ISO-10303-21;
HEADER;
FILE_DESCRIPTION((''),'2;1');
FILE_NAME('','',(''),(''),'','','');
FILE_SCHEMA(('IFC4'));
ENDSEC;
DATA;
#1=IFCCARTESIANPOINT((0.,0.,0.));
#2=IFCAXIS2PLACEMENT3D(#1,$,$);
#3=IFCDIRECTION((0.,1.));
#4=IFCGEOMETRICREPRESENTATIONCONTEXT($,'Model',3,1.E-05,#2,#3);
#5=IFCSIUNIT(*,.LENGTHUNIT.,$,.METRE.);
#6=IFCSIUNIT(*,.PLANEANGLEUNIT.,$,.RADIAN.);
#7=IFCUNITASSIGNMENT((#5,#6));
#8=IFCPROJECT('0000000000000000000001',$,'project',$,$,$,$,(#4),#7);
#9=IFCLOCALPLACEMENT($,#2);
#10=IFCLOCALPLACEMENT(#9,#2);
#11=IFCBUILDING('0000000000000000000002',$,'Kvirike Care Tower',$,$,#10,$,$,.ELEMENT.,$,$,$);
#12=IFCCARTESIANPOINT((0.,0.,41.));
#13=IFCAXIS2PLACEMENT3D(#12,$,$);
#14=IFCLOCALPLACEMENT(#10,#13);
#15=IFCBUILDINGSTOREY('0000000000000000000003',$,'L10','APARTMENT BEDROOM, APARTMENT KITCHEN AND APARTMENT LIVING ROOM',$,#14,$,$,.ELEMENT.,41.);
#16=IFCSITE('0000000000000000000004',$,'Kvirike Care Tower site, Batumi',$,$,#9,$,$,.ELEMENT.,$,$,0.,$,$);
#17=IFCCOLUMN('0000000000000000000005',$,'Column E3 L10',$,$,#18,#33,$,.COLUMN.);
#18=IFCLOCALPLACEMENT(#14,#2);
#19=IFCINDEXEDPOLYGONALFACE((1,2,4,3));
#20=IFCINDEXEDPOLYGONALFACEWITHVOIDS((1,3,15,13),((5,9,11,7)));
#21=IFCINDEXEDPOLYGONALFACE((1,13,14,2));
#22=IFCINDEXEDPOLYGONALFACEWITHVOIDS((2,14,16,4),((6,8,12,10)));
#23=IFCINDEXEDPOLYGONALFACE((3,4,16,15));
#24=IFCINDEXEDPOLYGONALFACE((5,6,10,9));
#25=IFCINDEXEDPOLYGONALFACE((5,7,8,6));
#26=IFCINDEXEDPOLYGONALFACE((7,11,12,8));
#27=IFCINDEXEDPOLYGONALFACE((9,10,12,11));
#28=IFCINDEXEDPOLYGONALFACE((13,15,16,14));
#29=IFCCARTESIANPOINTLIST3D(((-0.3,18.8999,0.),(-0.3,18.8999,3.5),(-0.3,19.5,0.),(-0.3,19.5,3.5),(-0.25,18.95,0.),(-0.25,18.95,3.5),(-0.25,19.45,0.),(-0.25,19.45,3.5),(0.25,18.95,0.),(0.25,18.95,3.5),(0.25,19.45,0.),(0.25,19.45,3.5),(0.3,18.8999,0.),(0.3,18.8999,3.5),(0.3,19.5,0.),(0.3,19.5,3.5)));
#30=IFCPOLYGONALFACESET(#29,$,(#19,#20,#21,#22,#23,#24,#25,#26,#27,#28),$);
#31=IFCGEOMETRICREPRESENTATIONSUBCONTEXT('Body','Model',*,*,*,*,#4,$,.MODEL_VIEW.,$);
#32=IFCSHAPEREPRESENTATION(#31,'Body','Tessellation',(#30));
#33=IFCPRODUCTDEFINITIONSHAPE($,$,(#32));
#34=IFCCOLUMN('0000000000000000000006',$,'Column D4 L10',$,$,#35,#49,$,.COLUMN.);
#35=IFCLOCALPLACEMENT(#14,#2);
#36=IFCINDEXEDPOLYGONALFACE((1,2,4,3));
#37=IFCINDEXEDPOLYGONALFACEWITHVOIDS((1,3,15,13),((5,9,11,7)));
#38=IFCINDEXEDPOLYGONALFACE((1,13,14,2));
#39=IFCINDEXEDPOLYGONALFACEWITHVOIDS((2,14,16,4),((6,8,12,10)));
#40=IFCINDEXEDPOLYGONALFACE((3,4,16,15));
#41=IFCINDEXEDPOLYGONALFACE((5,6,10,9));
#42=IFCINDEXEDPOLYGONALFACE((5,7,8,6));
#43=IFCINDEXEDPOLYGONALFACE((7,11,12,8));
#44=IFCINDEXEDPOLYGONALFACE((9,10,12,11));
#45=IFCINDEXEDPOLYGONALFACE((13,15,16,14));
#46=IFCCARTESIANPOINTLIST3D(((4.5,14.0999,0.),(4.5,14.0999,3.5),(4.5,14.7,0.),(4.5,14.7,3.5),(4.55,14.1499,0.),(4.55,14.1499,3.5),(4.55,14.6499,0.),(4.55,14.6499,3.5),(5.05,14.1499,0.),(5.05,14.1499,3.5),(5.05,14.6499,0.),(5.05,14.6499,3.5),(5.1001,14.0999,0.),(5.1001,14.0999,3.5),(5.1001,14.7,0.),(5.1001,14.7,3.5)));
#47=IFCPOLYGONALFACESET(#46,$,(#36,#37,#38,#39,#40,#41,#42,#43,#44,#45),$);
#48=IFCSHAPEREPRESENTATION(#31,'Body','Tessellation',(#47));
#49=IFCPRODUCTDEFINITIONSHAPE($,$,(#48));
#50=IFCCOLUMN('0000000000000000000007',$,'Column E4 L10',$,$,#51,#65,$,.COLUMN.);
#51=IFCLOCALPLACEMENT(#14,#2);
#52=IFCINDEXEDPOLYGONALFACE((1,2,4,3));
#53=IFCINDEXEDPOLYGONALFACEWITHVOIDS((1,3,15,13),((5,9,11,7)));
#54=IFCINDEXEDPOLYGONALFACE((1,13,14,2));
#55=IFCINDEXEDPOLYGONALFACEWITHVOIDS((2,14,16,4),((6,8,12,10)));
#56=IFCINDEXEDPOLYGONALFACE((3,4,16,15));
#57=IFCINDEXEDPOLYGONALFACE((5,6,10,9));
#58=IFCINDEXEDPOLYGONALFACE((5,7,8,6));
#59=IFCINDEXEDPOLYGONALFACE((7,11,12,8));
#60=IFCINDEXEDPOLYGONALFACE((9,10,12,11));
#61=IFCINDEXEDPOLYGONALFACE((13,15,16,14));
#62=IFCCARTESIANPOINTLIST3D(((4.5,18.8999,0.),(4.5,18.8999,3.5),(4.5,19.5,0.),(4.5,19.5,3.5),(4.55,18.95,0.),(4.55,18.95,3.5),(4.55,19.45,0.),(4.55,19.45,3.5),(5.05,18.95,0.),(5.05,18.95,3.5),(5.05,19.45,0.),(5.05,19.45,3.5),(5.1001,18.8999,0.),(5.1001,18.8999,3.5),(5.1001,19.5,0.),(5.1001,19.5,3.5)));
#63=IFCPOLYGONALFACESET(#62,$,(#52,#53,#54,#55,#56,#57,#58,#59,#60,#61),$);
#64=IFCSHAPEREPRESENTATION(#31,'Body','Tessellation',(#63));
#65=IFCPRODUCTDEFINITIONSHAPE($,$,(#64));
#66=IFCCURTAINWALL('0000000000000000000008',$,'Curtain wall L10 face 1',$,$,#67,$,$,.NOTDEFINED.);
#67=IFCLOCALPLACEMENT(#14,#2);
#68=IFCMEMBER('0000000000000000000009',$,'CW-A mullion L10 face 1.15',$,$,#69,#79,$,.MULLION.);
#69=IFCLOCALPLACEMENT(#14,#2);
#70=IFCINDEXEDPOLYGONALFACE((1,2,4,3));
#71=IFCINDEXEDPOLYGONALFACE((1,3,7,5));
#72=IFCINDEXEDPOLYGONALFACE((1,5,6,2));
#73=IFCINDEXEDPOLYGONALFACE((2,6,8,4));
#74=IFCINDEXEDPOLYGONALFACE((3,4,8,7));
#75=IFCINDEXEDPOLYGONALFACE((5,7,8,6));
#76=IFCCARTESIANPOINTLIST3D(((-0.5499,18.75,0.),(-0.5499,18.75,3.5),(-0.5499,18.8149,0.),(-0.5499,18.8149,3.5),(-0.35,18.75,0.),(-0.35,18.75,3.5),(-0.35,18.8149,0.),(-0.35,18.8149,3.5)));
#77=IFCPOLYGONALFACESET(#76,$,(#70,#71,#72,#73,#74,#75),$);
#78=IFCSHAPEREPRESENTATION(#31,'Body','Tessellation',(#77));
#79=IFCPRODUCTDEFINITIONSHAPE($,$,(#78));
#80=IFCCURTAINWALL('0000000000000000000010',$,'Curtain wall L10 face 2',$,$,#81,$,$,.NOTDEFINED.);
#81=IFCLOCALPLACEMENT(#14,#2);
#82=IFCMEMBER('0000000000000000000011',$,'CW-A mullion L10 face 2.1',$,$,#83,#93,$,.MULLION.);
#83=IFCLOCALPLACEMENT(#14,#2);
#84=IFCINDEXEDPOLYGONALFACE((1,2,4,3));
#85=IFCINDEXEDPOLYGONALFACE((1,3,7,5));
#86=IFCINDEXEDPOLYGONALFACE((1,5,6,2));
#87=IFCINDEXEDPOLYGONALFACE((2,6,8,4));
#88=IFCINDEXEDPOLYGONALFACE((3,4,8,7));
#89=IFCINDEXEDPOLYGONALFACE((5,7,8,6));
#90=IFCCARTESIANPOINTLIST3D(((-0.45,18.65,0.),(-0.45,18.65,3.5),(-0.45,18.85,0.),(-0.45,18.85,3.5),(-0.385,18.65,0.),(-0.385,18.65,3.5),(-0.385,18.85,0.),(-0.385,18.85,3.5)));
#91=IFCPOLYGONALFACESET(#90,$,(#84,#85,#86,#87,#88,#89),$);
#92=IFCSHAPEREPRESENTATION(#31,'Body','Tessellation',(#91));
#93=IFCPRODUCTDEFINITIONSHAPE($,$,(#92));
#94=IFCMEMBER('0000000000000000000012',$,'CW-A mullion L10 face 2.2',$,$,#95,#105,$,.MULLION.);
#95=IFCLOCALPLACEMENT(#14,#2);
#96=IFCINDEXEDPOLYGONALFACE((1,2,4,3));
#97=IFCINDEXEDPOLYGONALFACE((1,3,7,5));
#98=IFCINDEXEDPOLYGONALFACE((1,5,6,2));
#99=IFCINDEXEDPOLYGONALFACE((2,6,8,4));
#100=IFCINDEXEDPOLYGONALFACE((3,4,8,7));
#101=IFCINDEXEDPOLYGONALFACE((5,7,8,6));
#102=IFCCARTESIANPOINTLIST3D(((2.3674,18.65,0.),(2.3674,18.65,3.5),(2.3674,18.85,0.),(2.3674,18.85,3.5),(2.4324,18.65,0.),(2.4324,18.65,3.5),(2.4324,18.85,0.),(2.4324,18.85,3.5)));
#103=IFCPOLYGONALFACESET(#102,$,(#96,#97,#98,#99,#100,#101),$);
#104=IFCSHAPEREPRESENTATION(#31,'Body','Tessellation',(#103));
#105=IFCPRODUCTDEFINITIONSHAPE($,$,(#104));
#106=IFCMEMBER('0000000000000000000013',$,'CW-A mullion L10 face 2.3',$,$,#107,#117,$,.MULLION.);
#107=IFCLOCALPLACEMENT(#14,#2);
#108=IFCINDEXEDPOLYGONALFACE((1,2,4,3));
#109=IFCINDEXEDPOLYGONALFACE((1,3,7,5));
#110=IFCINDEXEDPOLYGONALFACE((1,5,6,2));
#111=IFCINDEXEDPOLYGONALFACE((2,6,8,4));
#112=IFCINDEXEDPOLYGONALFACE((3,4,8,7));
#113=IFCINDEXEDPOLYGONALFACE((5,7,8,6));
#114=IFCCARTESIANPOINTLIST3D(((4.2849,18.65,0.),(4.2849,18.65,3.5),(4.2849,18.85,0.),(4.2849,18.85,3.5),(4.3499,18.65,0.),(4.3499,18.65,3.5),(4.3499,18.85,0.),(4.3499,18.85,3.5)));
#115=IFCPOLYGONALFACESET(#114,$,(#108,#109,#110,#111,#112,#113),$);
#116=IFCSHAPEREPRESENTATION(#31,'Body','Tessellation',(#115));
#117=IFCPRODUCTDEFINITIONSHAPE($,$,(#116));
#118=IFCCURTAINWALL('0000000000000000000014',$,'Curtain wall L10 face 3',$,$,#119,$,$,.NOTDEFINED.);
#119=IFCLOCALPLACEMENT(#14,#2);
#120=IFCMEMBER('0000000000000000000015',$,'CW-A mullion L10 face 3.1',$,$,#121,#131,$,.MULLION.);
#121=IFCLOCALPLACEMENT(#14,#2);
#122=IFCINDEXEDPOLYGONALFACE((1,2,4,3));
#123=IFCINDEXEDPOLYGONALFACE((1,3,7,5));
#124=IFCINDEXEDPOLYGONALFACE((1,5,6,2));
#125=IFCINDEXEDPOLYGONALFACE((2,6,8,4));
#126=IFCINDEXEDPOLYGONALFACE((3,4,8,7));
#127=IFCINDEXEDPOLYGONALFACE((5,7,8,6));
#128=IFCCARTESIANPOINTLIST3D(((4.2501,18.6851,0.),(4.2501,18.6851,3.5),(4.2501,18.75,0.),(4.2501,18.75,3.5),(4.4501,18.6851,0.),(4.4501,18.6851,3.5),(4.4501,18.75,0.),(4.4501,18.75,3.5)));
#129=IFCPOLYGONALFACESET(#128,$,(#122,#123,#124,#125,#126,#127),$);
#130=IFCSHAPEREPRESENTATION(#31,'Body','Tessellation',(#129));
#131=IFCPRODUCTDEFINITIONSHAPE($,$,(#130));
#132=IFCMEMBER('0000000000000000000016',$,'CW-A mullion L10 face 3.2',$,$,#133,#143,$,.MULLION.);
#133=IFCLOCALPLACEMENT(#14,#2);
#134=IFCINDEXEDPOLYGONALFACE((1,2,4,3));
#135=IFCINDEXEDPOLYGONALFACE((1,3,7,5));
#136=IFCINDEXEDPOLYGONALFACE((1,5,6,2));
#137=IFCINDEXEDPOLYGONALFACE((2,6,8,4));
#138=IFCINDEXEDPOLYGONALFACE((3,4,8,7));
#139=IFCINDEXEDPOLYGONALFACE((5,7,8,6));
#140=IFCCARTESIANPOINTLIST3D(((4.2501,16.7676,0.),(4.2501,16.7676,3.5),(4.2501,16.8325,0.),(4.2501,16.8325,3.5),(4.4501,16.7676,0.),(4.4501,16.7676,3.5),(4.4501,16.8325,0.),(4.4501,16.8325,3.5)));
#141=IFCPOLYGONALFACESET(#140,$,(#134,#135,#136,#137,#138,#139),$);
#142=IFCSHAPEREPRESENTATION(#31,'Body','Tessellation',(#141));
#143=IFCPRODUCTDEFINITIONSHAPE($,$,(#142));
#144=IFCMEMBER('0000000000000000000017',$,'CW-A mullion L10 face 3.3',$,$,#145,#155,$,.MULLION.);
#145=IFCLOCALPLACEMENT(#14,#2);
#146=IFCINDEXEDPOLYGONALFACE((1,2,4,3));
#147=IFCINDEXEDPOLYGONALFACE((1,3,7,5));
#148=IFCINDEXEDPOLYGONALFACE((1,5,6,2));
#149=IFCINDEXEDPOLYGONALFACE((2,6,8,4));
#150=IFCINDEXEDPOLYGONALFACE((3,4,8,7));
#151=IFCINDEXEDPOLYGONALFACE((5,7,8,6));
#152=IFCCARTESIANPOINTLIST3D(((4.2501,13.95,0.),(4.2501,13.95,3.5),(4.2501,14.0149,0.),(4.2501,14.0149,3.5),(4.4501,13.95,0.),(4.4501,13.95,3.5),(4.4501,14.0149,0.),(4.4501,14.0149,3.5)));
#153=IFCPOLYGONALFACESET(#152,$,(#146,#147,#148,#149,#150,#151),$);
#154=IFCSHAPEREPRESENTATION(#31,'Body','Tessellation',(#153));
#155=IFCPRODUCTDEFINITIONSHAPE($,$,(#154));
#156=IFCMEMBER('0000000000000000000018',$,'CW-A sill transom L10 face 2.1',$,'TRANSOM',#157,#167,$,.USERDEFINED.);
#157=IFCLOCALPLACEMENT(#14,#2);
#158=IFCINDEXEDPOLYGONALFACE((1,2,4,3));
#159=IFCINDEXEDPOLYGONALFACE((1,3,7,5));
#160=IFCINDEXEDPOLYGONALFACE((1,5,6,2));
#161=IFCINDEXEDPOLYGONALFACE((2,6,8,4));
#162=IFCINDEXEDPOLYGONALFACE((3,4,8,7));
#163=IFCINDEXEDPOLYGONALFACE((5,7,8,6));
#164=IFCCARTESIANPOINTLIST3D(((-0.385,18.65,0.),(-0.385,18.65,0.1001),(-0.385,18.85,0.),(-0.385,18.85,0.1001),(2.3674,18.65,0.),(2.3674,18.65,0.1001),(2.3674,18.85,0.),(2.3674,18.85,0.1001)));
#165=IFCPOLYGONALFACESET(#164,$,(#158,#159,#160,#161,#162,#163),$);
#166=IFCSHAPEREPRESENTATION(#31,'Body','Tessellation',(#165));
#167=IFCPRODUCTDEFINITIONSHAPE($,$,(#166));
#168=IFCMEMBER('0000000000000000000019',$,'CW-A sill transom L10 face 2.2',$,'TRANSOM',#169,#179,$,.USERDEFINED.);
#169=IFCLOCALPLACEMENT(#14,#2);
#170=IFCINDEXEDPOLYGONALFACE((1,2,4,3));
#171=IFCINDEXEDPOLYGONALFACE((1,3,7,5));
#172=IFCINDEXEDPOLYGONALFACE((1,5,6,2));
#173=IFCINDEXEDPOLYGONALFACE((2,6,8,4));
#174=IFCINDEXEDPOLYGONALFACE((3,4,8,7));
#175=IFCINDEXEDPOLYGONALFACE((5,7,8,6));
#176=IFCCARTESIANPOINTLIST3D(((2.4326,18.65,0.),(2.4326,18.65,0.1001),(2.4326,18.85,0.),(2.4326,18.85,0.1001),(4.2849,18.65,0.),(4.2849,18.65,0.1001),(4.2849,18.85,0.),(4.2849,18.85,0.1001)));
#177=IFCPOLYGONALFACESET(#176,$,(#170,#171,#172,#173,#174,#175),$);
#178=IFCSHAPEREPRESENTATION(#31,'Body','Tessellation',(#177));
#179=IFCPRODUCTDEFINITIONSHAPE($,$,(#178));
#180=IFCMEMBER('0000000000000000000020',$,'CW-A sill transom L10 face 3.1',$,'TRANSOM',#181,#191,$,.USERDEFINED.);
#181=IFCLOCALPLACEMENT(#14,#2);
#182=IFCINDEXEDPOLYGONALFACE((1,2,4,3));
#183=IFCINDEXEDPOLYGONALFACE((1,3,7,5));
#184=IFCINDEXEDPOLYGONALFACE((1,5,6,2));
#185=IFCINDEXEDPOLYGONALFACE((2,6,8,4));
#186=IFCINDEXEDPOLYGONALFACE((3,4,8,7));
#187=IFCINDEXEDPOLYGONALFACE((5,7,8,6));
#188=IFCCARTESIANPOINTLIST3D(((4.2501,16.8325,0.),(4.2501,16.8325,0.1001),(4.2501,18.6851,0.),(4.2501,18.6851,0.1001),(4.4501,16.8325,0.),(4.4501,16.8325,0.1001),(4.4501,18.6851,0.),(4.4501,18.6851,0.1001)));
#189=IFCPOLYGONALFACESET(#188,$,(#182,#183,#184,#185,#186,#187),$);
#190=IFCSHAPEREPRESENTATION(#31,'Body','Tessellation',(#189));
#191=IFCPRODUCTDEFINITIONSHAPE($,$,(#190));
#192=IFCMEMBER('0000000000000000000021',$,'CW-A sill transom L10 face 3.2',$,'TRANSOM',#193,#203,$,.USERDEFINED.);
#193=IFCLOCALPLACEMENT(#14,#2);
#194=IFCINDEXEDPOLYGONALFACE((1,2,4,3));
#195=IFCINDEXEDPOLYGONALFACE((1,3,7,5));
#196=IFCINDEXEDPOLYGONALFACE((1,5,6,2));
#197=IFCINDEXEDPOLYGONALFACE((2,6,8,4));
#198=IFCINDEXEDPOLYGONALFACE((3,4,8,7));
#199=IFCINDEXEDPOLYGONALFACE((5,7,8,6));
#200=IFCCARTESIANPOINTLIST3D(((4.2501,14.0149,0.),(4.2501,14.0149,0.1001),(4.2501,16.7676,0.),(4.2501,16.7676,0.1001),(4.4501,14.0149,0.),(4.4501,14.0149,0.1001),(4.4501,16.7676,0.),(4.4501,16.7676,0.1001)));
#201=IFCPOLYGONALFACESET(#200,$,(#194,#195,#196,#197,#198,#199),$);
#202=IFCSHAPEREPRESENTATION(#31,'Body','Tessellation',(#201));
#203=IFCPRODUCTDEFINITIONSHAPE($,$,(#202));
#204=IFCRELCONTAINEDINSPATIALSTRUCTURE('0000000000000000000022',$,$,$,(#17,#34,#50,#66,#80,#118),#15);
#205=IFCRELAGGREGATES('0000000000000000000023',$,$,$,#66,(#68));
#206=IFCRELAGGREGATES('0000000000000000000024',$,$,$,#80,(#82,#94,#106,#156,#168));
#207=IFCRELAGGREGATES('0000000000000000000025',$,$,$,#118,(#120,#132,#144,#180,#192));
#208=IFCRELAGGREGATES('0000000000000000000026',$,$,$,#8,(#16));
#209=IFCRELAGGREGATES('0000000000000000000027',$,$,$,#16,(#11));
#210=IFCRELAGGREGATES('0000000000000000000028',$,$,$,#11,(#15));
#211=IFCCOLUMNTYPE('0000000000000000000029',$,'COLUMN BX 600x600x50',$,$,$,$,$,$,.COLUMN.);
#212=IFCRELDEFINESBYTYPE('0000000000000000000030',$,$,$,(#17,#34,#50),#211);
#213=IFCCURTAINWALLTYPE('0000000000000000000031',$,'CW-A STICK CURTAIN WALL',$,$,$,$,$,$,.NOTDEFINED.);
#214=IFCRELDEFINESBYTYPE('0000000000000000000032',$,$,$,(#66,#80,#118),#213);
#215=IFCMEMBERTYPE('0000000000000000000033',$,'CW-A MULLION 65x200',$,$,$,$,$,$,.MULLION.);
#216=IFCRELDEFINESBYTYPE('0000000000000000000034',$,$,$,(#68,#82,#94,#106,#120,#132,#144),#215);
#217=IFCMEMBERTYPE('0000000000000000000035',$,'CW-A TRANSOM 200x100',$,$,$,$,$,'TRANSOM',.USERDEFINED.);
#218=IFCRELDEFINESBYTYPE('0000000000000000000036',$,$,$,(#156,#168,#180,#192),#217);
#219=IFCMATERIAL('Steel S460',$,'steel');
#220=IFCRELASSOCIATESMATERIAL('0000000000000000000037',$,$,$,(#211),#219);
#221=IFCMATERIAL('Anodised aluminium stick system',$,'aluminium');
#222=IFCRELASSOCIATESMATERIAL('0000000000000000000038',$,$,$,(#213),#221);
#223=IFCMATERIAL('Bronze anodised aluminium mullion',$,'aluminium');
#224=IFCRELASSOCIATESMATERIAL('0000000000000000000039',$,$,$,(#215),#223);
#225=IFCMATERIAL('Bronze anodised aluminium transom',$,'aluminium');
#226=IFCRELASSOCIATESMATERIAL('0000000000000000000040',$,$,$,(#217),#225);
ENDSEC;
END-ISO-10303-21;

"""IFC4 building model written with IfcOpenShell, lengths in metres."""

from ifc_helpers import new_model, si_unit, direction, frame, origin, origin_2d, place, context, subcontext, project, spatial, rectangle, hollow_rectangle, extrude, material, material_profile, profile_set, type_object, element, aggregate, save


model = new_model("IFC4")

# Units and contexts
model_context = context("Model", 3, precision=1e-05, world=origin(), true_north=direction((0.0, 1.0)))
body_context = subcontext(model_context, "Body", "Model", "MODEL_VIEW")
ifc_project = project(units=[si_unit("LENGTHUNIT", "METRE"), si_unit("PLANEANGLEUNIT", "RADIAN")], contexts=[model_context])

# Site, building, storey
site_placement = place(None, origin())
site = spatial("IfcSite", under=ifc_project, at=site_placement, Name="Kvirike Care Tower site, Batumi", CompositionType="ELEMENT", RefElevation=0.0)
building_placement = place(site_placement, origin())
building = spatial("IfcBuilding", under=site, at=building_placement, Name="Kvirike Care Tower", CompositionType="ELEMENT")
storey_placement = place(building_placement, frame((0.0, 0.0, 41.0)))
storey = spatial("IfcBuildingStorey", under=building, at=storey_placement, Name="L10", Description="APARTMENT BEDROOM, APARTMENT KITCHEN AND APARTMENT LIVING ROOM", CompositionType="ELEMENT", Elevation=41.0)

# Columns
ifc_material_1 = material(Name="Steel S460", Category="steel")
ifc_material_profile_1 = material_profile(ifc_material_1, hollow_rectangle(XDim=0.6001, YDim=0.6001, WallThickness=0.05, at=origin_2d()), Name="BX 600x600x50")
ifc_profile_set_1 = profile_set([ifc_material_profile_1], Name="Steel S460")
column_type = type_object("IfcColumnType", Name="COLUMN BX 600x600x50", PredefinedType="COLUMN", material=ifc_profile_set_1)
for number, where, z_axis, x_axis, name in (
    (1, (0.0, 19.2, 0.0), (0.0, 0.0, 1.0), (0.0, 1.0, 0.0), "Column E3 L10"),
    (2, (4.8, 14.3999, 0.0), (0.0, 0.0, 1.0), (0.0, 1.0, 0.0), "Column D4 L10"),
    (3, (4.8, 19.2, 0.0), (0.0, 0.0, 1.0), (0.0, 1.0, 0.0), "Column E4 L10"),
):
    element("IfcColumn", number, at=place(storey_placement, frame(where, z_axis=z_axis, x_axis=x_axis)), inside=storey, type_object=column_type, Name=name, PredefinedType="COLUMN", context=body_context, shape_type="SweptSolid", body=[
        extrude(hollow_rectangle(XDim=0.6001, YDim=0.6001, WallThickness=0.05, at=origin_2d()), origin(), (0.0, 0.0, 1.0), 3.5),
    ])

# Curtain wall, member
ifc_material_2 = material(Name="Anodised aluminium stick system", Category="aluminium")
curtain_wall_type = type_object("IfcCurtainWallType", Name="CW-A STICK CURTAIN WALL", PredefinedType="NOTDEFINED", material=ifc_material_2)
curtain_wall_1_placement = place(storey_placement, origin())
curtain_wall_1 = element("IfcCurtainWall", 4, at=curtain_wall_1_placement, inside=storey, type_object=curtain_wall_type, Name="Curtain wall L10 face 1", PredefinedType="NOTDEFINED")
ifc_material_3 = material(Name="Bronze anodised aluminium mullion", Category="aluminium")
ifc_material_profile_2 = material_profile(ifc_material_3, rectangle(XDim=0.0649, YDim=0.2, at=origin_2d()), Name="CW-A MULLION 65x200")
ifc_profile_set_2 = profile_set([ifc_material_profile_2], Name="Bronze anodised aluminium mullion")
member_type_1 = type_object("IfcMemberType", Name="CW-A MULLION 65x200", PredefinedType="MULLION", material=ifc_profile_set_2)
member_1_placement = place(storey_placement, frame((-0.45, 18.7825, 0.0), z_axis=(0.0, 0.0, 1.0), x_axis=(0.0, -1.0, 0.0)))
member_1 = element("IfcMember", 5, at=member_1_placement, type_object=member_type_1, Name="CW-A mullion L10 face 1.15", PredefinedType="MULLION", context=body_context, shape_type="SweptSolid", body=[
    extrude(rectangle(XDim=0.0649, YDim=0.2, at=origin_2d()), origin(), (0.0, 0.0, 1.0), 3.5),
])
aggregate(curtain_wall_1, [member_1])

# Curtain walls, members
curtain_wall_2_placement = place(storey_placement, origin())
curtain_wall_2 = element("IfcCurtainWall", 6, at=curtain_wall_2_placement, inside=storey, type_object=curtain_wall_type, Name="Curtain wall L10 face 2", PredefinedType="NOTDEFINED")
member_2_placement = place(storey_placement, frame((-0.4175, 18.75, 0.0), z_axis=(0.0, 0.0, 1.0), x_axis=(1.0, 0.0, 0.0)))
member_2 = element("IfcMember", 7, at=member_2_placement, type_object=member_type_1, Name="CW-A mullion L10 face 2.1", PredefinedType="MULLION", context=body_context, shape_type="SweptSolid", body=[
    extrude(rectangle(XDim=0.0649, YDim=0.2, at=origin_2d()), origin(), (0.0, 0.0, 1.0), 3.5),
])
member_3_placement = place(storey_placement, frame((2.3999, 18.75, 0.0), z_axis=(0.0, 0.0, 1.0), x_axis=(1.0, 0.0, 0.0)))
member_3 = element("IfcMember", 8, at=member_3_placement, type_object=member_type_1, Name="CW-A mullion L10 face 2.2", PredefinedType="MULLION", context=body_context, shape_type="SweptSolid", body=[
    extrude(rectangle(XDim=0.0649, YDim=0.2, at=origin_2d()), origin(), (0.0, 0.0, 1.0), 3.5),
])
member_4_placement = place(storey_placement, frame((4.3174, 18.75, 0.0), z_axis=(0.0, 0.0, 1.0), x_axis=(1.0, 0.0, 0.0)))
member_4 = element("IfcMember", 9, at=member_4_placement, type_object=member_type_1, Name="CW-A mullion L10 face 2.3", PredefinedType="MULLION", context=body_context, shape_type="SweptSolid", body=[
    extrude(rectangle(XDim=0.0649, YDim=0.2, at=origin_2d()), origin(), (0.0, 0.0, 1.0), 3.5),
])
curtain_wall_3_placement = place(storey_placement, origin())
curtain_wall_3 = element("IfcCurtainWall", 10, at=curtain_wall_3_placement, inside=storey, type_object=curtain_wall_type, Name="Curtain wall L10 face 3", PredefinedType="NOTDEFINED")
member_5_placement = place(storey_placement, frame((4.3501, 18.7175, 0.0), z_axis=(0.0, 0.0, 1.0), x_axis=(0.0, -1.0, 0.0)))
member_5 = element("IfcMember", 11, at=member_5_placement, type_object=member_type_1, Name="CW-A mullion L10 face 3.1", PredefinedType="MULLION", context=body_context, shape_type="SweptSolid", body=[
    extrude(rectangle(XDim=0.0649, YDim=0.2, at=origin_2d()), origin(), (0.0, 0.0, 1.0), 3.5),
])
member_6_placement = place(storey_placement, frame((4.3501, 16.8, 0.0), z_axis=(0.0, 0.0, 1.0), x_axis=(0.0, -1.0, 0.0)))
member_6 = element("IfcMember", 12, at=member_6_placement, type_object=member_type_1, Name="CW-A mullion L10 face 3.2", PredefinedType="MULLION", context=body_context, shape_type="SweptSolid", body=[
    extrude(rectangle(XDim=0.0649, YDim=0.2, at=origin_2d()), origin(), (0.0, 0.0, 1.0), 3.5),
])
member_7_placement = place(storey_placement, frame((4.3501, 13.9824, 0.0), z_axis=(0.0, 0.0, 1.0), x_axis=(0.0, -1.0, 0.0)))
member_7 = element("IfcMember", 13, at=member_7_placement, type_object=member_type_1, Name="CW-A mullion L10 face 3.3", PredefinedType="MULLION", context=body_context, shape_type="SweptSolid", body=[
    extrude(rectangle(XDim=0.0649, YDim=0.2, at=origin_2d()), origin(), (0.0, 0.0, 1.0), 3.5),
])

# Members
ifc_material_4 = material(Name="Bronze anodised aluminium transom", Category="aluminium")
ifc_material_profile_3 = material_profile(ifc_material_4, rectangle(XDim=0.2, YDim=0.1001, at=origin_2d()), Name="CW-A TRANSOM 200x100")
ifc_profile_set_3 = profile_set([ifc_material_profile_3], Name="Bronze anodised aluminium transom")
member_type_2 = type_object("IfcMemberType", Name="CW-A TRANSOM 200x100", ElementType="TRANSOM", PredefinedType="USERDEFINED", material=ifc_profile_set_3)
member_8_placement = place(storey_placement, frame((-0.385, 18.75, 0.05), z_axis=(1.0, 0.0, 0.0), x_axis=(0.0, 1.0, 0.0)))
member_8 = element("IfcMember", 14, at=member_8_placement, type_object=member_type_2, Name="CW-A sill transom L10 face 2.1", ObjectType="TRANSOM", PredefinedType="USERDEFINED", context=body_context, shape_type="SweptSolid", body=[
    extrude(rectangle(XDim=0.2, YDim=0.1001, at=origin_2d()), origin(), (0.0, 0.0, 1.0), 2.7524),
])
member_9_placement = place(storey_placement, frame((2.4326, 18.75, 0.05), z_axis=(1.0, 0.0, 0.0), x_axis=(0.0, 1.0, 0.0)))
member_9 = element("IfcMember", 15, at=member_9_placement, type_object=member_type_2, Name="CW-A sill transom L10 face 2.2", ObjectType="TRANSOM", PredefinedType="USERDEFINED", context=body_context, shape_type="SweptSolid", body=[
    extrude(rectangle(XDim=0.2, YDim=0.1001, at=origin_2d()), origin(), (0.0, 0.0, 1.0), 1.8523),
])
member_10_placement = place(storey_placement, frame((4.3501, 18.6851, 0.05), z_axis=(0.0, -1.0, 0.0), x_axis=(1.0, 0.0, 0.0)))
member_10 = element("IfcMember", 16, at=member_10_placement, type_object=member_type_2, Name="CW-A sill transom L10 face 3.1", ObjectType="TRANSOM", PredefinedType="USERDEFINED", context=body_context, shape_type="SweptSolid", body=[
    extrude(rectangle(XDim=0.2, YDim=0.1001, at=origin_2d()), origin(), (0.0, 0.0, 1.0), 1.8525),
])
member_11_placement = place(storey_placement, frame((4.3501, 16.7676, 0.05), z_axis=(0.0, -1.0, 0.0), x_axis=(1.0, 0.0, 0.0)))
member_11 = element("IfcMember", 17, at=member_11_placement, type_object=member_type_2, Name="CW-A sill transom L10 face 3.2", ObjectType="TRANSOM", PredefinedType="USERDEFINED", context=body_context, shape_type="SweptSolid", body=[
    extrude(rectangle(XDim=0.2, YDim=0.1001, at=origin_2d()), origin(), (0.0, 0.0, 1.0), 2.7527),
])

aggregate(curtain_wall_2, [member_2, member_3, member_4, member_8, member_9])
aggregate(curtain_wall_3, [member_5, member_6, member_7, member_10, member_11])

save(model, "model.ifc")
